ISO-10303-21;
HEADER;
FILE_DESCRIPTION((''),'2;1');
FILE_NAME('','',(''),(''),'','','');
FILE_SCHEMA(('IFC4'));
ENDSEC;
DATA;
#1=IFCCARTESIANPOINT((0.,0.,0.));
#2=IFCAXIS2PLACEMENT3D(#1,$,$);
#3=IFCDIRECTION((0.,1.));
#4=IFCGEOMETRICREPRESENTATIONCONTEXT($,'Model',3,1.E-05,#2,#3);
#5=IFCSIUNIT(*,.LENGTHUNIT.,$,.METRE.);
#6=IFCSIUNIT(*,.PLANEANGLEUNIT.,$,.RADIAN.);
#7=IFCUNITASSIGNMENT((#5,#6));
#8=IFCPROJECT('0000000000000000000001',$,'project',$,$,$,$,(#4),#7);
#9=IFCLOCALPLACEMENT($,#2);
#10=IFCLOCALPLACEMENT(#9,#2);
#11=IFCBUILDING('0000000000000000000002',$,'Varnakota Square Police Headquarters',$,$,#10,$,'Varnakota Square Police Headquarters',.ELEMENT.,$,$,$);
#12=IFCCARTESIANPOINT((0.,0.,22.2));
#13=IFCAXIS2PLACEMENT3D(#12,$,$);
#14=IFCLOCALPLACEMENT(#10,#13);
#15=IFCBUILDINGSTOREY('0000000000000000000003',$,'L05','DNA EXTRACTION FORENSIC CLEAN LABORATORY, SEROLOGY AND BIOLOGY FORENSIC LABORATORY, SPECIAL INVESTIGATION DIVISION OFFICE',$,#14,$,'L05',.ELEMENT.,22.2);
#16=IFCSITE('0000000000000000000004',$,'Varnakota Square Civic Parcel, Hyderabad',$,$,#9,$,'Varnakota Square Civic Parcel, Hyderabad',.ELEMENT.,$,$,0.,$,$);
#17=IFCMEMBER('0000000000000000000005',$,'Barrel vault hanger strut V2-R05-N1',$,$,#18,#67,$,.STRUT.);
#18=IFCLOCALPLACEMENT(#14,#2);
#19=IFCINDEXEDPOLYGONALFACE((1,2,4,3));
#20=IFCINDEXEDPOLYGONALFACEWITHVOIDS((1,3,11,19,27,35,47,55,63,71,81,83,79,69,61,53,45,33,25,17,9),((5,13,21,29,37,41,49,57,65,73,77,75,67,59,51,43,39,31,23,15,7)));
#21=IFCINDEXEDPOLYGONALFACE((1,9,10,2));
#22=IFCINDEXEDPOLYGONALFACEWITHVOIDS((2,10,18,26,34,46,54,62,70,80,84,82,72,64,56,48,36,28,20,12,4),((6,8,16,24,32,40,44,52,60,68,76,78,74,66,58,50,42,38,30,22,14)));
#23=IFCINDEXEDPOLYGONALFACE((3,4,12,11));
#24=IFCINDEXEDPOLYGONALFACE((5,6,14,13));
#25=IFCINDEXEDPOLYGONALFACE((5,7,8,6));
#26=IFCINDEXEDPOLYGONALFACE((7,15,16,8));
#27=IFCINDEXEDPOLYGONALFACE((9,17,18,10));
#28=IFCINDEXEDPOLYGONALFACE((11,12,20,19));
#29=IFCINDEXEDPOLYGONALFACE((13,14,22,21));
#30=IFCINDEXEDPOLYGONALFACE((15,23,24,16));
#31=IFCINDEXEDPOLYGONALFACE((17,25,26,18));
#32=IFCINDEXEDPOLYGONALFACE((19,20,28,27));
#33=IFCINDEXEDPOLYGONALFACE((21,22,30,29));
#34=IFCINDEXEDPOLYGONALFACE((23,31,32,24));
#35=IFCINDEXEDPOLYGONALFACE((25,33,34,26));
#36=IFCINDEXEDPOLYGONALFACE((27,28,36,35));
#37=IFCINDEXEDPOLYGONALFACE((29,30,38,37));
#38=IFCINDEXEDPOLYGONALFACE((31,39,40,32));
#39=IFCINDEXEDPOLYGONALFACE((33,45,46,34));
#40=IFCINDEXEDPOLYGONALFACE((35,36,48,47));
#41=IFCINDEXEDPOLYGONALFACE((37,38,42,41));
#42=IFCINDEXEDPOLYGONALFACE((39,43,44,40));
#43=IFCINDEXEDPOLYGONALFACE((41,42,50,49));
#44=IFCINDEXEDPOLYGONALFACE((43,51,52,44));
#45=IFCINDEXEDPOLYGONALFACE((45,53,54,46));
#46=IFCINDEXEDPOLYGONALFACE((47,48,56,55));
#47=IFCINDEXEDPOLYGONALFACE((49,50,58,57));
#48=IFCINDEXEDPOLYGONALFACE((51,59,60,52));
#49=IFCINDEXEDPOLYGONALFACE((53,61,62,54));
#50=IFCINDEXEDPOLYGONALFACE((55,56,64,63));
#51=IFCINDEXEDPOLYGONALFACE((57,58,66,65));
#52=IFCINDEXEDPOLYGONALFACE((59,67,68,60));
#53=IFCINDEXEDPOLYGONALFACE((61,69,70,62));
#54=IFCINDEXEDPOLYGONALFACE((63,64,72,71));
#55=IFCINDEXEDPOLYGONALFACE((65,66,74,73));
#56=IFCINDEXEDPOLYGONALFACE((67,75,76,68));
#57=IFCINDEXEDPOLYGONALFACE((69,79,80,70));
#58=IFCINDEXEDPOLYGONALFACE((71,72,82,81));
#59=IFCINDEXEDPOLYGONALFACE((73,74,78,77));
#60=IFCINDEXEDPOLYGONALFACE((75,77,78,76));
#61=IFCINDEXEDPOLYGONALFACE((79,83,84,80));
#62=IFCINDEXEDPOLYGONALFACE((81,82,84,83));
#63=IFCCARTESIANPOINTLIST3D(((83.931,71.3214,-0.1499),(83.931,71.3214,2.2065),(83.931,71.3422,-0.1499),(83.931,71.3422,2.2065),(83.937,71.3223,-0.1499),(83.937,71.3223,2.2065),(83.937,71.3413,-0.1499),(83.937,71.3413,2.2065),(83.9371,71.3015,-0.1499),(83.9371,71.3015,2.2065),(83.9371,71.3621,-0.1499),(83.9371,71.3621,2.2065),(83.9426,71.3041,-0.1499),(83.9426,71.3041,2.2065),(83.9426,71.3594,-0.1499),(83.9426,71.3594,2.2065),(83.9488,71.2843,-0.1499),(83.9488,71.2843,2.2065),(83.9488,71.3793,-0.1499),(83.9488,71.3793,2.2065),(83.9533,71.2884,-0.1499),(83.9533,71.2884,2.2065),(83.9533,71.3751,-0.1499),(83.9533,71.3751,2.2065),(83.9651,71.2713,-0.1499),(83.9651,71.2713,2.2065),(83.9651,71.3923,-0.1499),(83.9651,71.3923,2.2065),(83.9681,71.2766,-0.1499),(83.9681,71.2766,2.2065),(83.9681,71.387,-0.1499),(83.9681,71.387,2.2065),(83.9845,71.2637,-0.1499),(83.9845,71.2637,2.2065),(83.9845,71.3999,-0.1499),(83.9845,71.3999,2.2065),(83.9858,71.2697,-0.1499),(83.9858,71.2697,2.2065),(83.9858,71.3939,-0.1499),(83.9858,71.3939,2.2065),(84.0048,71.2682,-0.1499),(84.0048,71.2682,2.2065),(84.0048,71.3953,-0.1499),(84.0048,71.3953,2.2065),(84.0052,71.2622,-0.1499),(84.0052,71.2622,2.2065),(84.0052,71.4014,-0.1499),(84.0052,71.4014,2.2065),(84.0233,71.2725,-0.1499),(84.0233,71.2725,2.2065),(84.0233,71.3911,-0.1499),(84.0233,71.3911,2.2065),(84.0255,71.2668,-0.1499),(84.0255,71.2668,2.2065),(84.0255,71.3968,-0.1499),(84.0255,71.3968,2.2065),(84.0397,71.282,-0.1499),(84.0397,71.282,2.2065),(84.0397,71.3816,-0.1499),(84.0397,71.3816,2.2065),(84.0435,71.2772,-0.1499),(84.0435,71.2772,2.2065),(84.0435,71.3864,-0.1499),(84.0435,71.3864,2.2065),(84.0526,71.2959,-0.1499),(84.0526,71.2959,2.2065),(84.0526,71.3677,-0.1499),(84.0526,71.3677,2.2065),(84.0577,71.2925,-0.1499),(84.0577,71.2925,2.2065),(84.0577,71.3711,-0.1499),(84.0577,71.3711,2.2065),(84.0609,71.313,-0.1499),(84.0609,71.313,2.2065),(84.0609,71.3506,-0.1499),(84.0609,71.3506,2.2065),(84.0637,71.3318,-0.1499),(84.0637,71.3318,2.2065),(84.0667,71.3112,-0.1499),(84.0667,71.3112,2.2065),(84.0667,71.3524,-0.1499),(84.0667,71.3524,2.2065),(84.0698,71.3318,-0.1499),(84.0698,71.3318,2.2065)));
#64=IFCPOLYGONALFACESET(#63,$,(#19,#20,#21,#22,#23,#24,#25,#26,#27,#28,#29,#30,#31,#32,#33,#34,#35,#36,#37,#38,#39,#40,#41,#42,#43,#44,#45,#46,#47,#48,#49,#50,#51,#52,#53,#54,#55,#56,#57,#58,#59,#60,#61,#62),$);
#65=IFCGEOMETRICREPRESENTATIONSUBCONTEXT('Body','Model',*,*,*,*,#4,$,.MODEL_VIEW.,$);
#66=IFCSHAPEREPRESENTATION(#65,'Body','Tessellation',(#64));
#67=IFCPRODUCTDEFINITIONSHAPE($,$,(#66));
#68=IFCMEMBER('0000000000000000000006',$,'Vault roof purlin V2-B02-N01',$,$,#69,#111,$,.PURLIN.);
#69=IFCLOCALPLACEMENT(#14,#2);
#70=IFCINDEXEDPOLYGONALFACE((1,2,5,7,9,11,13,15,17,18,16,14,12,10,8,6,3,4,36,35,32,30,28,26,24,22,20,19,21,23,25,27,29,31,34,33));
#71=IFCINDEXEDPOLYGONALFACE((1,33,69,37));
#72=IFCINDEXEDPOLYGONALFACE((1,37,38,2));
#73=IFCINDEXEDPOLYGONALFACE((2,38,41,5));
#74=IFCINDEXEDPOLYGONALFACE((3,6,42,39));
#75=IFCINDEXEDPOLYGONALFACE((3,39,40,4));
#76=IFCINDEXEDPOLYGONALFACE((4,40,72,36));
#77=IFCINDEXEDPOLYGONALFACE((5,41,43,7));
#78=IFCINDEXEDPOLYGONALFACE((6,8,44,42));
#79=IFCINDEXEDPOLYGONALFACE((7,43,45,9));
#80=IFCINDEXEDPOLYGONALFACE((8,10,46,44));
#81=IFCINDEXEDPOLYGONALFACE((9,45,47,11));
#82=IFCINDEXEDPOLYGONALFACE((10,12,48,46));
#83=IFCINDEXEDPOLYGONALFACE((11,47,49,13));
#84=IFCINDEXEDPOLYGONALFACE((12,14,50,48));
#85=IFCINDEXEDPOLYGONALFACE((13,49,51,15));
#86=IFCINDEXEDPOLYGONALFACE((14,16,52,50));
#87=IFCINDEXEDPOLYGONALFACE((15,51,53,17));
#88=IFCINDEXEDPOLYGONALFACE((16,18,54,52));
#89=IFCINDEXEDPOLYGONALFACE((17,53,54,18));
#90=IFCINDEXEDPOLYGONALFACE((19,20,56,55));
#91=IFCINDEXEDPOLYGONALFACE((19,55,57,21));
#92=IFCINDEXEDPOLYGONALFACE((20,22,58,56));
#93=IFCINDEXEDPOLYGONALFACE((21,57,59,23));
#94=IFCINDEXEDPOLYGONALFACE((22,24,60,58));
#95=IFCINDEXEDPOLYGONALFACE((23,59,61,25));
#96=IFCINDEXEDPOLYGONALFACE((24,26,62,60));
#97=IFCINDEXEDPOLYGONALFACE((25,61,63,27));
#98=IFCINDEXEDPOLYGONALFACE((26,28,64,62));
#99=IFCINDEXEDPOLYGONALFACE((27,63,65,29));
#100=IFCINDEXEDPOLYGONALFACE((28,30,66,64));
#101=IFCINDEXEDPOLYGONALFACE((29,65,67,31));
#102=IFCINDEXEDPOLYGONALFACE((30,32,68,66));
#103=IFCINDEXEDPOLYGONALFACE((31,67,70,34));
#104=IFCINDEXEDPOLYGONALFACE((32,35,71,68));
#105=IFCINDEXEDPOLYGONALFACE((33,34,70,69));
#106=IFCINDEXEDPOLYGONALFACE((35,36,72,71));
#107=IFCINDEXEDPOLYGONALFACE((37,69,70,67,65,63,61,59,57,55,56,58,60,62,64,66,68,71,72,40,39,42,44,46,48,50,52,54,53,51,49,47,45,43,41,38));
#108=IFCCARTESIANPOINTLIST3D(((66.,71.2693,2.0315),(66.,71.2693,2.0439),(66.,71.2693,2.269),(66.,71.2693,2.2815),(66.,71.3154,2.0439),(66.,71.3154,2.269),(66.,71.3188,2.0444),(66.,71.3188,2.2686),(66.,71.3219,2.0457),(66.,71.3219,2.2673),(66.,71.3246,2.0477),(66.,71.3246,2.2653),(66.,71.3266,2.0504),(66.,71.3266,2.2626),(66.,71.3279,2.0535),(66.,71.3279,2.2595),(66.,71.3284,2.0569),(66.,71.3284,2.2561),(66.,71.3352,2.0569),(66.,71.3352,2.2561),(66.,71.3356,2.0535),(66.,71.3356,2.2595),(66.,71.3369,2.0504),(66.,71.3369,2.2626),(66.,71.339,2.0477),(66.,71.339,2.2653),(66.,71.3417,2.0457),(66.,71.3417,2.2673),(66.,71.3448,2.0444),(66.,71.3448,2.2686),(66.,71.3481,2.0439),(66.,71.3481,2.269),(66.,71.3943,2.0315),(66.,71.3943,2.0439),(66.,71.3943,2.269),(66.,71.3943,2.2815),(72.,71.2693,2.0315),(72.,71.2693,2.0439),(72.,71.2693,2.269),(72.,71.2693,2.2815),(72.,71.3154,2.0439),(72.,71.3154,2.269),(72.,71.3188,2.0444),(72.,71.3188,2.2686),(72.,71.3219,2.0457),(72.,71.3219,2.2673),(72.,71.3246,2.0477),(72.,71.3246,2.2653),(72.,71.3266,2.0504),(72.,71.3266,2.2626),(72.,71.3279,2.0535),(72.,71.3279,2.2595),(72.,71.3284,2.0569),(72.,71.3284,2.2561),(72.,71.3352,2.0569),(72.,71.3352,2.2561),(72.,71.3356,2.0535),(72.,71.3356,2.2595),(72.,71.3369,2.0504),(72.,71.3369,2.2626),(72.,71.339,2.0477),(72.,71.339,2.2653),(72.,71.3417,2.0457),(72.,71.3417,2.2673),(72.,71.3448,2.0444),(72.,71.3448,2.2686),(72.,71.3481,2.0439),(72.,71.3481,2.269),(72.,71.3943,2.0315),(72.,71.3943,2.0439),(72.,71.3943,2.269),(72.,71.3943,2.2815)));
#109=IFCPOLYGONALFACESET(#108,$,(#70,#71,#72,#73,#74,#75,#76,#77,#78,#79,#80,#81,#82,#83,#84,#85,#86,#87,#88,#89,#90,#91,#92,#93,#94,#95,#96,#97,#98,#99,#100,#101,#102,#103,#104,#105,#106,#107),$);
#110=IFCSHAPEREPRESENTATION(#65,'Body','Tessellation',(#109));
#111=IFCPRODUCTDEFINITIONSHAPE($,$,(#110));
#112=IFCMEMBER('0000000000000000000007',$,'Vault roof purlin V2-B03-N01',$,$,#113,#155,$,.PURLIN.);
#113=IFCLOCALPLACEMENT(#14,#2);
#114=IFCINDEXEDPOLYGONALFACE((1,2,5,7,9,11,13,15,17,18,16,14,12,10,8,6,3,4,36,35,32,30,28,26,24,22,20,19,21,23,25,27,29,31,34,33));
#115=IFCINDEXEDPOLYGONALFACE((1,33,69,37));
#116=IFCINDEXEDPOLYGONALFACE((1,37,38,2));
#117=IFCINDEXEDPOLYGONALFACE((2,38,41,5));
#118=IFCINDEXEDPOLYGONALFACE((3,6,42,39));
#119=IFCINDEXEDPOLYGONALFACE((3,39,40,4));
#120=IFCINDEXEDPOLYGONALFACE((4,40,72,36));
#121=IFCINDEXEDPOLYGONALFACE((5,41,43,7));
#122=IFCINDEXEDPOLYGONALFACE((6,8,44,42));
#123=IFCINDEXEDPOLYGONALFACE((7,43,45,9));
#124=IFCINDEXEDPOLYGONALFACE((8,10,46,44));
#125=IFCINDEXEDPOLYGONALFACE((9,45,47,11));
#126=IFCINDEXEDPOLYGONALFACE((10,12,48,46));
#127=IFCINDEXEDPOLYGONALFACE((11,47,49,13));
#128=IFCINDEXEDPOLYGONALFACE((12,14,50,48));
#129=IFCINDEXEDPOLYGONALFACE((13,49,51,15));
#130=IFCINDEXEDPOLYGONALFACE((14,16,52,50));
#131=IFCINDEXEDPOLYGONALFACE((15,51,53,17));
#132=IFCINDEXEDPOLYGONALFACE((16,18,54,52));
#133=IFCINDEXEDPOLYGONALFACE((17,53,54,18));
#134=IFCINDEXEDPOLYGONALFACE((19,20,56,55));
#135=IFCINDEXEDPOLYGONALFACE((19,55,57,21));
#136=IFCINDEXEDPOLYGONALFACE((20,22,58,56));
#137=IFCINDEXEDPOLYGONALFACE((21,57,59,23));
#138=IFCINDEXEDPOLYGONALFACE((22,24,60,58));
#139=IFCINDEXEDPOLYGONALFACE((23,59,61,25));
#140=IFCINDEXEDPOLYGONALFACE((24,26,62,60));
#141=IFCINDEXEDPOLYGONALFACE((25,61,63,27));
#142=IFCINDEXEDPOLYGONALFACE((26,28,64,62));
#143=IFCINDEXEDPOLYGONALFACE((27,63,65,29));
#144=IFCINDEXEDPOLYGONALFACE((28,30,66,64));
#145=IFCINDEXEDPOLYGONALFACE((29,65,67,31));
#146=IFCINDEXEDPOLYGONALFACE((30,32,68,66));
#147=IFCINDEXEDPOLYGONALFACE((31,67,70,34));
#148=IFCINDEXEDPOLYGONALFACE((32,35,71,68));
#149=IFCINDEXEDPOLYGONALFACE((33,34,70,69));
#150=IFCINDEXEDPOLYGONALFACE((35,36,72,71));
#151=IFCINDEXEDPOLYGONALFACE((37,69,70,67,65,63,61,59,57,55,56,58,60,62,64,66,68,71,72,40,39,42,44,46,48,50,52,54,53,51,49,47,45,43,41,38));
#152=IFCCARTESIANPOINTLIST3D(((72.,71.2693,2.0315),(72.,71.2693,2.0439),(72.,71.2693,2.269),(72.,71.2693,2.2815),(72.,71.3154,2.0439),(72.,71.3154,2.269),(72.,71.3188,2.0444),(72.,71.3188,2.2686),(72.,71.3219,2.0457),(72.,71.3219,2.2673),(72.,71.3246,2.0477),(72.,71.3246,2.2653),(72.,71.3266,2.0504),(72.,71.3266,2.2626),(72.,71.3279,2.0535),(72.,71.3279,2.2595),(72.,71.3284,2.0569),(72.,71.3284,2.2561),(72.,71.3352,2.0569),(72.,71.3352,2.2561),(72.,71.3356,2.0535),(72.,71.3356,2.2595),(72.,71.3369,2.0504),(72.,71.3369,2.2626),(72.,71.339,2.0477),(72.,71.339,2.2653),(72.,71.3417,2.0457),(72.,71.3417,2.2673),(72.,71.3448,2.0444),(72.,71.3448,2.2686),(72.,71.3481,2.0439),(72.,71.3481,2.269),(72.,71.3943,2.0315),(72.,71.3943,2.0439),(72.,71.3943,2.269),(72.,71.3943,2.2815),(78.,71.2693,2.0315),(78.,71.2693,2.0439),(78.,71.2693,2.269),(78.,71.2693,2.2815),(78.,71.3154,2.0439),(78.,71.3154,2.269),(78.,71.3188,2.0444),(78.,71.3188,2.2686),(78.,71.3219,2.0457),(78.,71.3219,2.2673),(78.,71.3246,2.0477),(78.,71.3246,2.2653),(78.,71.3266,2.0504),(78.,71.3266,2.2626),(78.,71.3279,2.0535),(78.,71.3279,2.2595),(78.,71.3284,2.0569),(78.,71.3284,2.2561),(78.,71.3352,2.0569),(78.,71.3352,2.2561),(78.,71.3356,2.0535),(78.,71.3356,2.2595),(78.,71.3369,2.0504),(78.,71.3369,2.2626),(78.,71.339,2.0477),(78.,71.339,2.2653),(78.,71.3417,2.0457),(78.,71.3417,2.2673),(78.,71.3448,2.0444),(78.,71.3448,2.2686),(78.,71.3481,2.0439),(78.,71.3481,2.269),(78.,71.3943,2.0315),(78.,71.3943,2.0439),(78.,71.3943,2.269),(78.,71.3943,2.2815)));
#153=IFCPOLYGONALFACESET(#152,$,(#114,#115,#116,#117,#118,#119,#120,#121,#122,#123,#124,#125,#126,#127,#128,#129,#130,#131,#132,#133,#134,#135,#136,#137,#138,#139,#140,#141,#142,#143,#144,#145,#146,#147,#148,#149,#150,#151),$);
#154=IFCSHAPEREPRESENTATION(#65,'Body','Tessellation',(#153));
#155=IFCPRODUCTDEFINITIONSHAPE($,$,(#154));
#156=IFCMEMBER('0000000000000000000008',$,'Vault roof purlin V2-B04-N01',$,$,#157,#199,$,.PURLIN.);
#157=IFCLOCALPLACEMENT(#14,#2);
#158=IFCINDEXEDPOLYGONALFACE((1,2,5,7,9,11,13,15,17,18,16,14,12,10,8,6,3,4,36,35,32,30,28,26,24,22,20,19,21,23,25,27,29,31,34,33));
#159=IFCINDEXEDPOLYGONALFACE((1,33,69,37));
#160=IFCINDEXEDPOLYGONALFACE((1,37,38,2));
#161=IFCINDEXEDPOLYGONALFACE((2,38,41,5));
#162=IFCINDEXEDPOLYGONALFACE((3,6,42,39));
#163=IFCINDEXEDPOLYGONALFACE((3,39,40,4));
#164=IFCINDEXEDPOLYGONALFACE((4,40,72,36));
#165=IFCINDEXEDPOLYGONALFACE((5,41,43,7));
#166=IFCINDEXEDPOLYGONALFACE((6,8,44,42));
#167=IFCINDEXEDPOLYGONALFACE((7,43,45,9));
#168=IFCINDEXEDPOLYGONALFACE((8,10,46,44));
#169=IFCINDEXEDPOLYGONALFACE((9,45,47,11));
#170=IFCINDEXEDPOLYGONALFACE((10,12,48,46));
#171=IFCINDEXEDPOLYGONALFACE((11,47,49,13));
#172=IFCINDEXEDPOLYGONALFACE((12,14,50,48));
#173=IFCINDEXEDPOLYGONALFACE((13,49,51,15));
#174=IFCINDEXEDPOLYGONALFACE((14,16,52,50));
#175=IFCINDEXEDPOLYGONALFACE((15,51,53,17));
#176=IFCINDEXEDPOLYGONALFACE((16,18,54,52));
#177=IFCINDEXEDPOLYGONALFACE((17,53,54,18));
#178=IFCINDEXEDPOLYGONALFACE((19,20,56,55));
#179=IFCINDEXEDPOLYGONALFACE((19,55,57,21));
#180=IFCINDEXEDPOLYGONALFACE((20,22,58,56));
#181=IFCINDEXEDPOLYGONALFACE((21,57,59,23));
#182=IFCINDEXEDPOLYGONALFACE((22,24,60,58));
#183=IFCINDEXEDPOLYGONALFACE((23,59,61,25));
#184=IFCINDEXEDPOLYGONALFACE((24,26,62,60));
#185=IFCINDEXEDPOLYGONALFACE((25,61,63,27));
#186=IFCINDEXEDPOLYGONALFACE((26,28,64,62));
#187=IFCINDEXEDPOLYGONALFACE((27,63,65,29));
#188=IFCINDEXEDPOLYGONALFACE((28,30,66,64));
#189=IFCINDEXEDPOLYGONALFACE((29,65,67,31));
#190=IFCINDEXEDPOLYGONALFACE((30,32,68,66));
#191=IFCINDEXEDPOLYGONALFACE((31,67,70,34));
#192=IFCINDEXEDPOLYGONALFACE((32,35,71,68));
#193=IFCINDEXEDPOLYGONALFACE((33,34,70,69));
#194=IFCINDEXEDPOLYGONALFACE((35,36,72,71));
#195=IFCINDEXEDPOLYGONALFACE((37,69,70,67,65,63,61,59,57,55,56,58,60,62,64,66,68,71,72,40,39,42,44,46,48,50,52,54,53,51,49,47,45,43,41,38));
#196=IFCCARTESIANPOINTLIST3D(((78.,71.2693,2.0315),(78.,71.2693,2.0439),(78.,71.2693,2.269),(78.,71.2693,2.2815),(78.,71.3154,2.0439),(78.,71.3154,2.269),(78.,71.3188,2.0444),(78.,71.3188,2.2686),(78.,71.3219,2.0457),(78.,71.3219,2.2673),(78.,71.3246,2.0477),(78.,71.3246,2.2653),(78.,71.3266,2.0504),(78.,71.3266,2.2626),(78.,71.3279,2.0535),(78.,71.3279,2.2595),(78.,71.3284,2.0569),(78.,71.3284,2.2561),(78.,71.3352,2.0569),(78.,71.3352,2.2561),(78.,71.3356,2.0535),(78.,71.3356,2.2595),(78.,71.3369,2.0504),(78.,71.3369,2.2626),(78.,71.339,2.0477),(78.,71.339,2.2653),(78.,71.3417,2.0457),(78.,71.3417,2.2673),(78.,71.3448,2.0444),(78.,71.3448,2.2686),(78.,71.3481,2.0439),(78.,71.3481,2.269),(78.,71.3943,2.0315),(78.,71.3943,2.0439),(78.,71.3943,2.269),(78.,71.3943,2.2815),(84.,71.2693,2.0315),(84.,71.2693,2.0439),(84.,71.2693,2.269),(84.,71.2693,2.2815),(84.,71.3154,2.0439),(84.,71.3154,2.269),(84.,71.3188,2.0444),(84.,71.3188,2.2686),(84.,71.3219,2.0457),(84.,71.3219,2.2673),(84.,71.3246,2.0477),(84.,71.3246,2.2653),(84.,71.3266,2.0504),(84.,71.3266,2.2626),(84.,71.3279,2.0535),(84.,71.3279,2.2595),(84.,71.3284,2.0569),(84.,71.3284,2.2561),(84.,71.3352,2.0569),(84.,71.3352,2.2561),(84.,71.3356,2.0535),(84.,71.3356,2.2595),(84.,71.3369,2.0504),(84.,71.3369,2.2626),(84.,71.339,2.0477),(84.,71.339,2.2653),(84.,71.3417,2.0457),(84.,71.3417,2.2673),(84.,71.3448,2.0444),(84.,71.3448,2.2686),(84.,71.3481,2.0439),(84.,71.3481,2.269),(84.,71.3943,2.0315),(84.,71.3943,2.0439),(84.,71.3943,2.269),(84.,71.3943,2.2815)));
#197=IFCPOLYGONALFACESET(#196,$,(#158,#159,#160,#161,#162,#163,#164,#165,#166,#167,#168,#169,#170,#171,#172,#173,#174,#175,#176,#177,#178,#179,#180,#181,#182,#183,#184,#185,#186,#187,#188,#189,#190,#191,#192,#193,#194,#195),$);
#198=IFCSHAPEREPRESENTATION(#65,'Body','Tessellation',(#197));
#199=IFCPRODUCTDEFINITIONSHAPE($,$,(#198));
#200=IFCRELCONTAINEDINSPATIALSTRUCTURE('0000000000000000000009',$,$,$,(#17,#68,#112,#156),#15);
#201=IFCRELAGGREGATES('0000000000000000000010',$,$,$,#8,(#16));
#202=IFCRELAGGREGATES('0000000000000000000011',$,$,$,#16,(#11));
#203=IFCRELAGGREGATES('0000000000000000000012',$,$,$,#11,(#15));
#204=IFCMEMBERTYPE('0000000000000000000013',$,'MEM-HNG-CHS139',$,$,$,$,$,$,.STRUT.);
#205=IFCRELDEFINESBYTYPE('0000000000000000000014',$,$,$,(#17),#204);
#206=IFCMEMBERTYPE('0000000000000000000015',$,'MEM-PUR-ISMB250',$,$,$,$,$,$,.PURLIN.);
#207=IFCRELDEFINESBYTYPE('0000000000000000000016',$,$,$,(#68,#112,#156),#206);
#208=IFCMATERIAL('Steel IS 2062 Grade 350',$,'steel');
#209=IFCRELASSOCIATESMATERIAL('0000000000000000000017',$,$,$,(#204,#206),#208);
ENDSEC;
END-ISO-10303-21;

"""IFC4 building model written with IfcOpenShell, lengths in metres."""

from ifc_helpers import new_model, si_unit, direction, frame, origin, origin_2d, place, context, subcontext, project, spatial, hollow_circle, i_section, extrude, material, material_profile, profile_set, type_object, element, save


model = new_model("IFC4")

# Units and contexts
model_context = context("Model", 3, precision=1e-05, world=origin(), true_north=direction((0.0, 1.0)))
body_context = subcontext(model_context, "Body", "Model", "MODEL_VIEW")
ifc_project = project(units=[si_unit("LENGTHUNIT", "METRE"), si_unit("PLANEANGLEUNIT", "RADIAN")], contexts=[model_context])

# Site, building, storey
site_placement = place(None, origin())
site = spatial("IfcSite", under=ifc_project, at=site_placement, Name="Varnakota Square Civic Parcel, Hyderabad", LongName="Varnakota Square Civic Parcel, Hyderabad", CompositionType="ELEMENT", RefElevation=0.0)
building_placement = place(site_placement, origin())
building = spatial("IfcBuilding", under=site, at=building_placement, Name="Varnakota Square Police Headquarters", LongName="Varnakota Square Police Headquarters", CompositionType="ELEMENT")
storey_placement = place(building_placement, frame((0.0, 0.0, 22.2)))
storey = spatial("IfcBuildingStorey", under=building, at=storey_placement, Name="L05", Description="DNA EXTRACTION FORENSIC CLEAN LABORATORY, SEROLOGY AND BIOLOGY FORENSIC LABORATORY, SPECIAL INVESTIGATION DIVISION OFFICE", LongName="L05", CompositionType="ELEMENT", Elevation=22.2)

# Shared definitions
ifc_material_1 = material(Name="Steel IS 2062 Grade 350", Category="steel")

# Members
ifc_material_profile_1 = material_profile(ifc_material_1, hollow_circle(Radius=0.0698, WallThickness=0.0061, at=origin_2d()), Name="CHS 139.7x6.0")
ifc_profile_set_1 = profile_set([ifc_material_profile_1], Name="Steel IS 2062 Grade 350")
member_type_1 = type_object("IfcMemberType", Name="MEM-HNG-CHS139", PredefinedType="STRUT", material=ifc_profile_set_1)
for number, where, z_axis, x_axis, name in (
    (1, (84.0, 71.3318, -0.1499), (0.0, 0.0, 1.0), (1.0, 0.0, 0.0), "Barrel vault hanger strut V2-R05-N1"),
):
    element("IfcMember", number, at=place(storey_placement, frame(where, z_axis=z_axis, x_axis=x_axis)), inside=storey, type_object=member_type_1, Name=name, PredefinedType="STRUT", context=body_context, shape_type="SweptSolid", body=[
        extrude(hollow_circle(Radius=0.0698, WallThickness=0.0061, at=origin_2d()), origin(), (0.0, 0.0, 1.0), 2.3564),
    ])
ifc_material_profile_2 = material_profile(ifc_material_1, i_section(OverallWidth=0.125, OverallDepth=0.25, WebThickness=0.0068, FlangeThickness=0.0125, FilletRadius=0.0129, at=origin_2d()), Name="ISMB 250")
ifc_profile_set_2 = profile_set([ifc_material_profile_2], Name="Steel IS 2062 Grade 350")
member_type_2 = type_object("IfcMemberType", Name="MEM-PUR-ISMB250", PredefinedType="PURLIN", material=ifc_profile_set_2)
for number, where, z_axis, x_axis, name in (
    (2, (66.0, 71.3318, 2.1565), (1.0, 0.0, 0.0), (0.0, 1.0, 0.0), "Vault roof purlin V2-B02-N01"),
    (3, (72.0, 71.3318, 2.1565), (1.0, 0.0, 0.0), (0.0, 1.0, 0.0), "Vault roof purlin V2-B03-N01"),
    (4, (78.0, 71.3318, 2.1565), (1.0, 0.0, 0.0), (0.0, 1.0, 0.0), "Vault roof purlin V2-B04-N01"),
):
    element("IfcMember", number, at=place(storey_placement, frame(where, z_axis=z_axis, x_axis=x_axis)), inside=storey, type_object=member_type_2, Name=name, PredefinedType="PURLIN", context=body_context, shape_type="SweptSolid", body=[
        extrude(i_section(OverallWidth=0.125, OverallDepth=0.25, WebThickness=0.0068, FlangeThickness=0.0125, FilletRadius=0.0129, at=origin_2d()), origin(), (0.0, 0.0, 1.0), 6.0),
    ])

save(model, "model.ifc")
